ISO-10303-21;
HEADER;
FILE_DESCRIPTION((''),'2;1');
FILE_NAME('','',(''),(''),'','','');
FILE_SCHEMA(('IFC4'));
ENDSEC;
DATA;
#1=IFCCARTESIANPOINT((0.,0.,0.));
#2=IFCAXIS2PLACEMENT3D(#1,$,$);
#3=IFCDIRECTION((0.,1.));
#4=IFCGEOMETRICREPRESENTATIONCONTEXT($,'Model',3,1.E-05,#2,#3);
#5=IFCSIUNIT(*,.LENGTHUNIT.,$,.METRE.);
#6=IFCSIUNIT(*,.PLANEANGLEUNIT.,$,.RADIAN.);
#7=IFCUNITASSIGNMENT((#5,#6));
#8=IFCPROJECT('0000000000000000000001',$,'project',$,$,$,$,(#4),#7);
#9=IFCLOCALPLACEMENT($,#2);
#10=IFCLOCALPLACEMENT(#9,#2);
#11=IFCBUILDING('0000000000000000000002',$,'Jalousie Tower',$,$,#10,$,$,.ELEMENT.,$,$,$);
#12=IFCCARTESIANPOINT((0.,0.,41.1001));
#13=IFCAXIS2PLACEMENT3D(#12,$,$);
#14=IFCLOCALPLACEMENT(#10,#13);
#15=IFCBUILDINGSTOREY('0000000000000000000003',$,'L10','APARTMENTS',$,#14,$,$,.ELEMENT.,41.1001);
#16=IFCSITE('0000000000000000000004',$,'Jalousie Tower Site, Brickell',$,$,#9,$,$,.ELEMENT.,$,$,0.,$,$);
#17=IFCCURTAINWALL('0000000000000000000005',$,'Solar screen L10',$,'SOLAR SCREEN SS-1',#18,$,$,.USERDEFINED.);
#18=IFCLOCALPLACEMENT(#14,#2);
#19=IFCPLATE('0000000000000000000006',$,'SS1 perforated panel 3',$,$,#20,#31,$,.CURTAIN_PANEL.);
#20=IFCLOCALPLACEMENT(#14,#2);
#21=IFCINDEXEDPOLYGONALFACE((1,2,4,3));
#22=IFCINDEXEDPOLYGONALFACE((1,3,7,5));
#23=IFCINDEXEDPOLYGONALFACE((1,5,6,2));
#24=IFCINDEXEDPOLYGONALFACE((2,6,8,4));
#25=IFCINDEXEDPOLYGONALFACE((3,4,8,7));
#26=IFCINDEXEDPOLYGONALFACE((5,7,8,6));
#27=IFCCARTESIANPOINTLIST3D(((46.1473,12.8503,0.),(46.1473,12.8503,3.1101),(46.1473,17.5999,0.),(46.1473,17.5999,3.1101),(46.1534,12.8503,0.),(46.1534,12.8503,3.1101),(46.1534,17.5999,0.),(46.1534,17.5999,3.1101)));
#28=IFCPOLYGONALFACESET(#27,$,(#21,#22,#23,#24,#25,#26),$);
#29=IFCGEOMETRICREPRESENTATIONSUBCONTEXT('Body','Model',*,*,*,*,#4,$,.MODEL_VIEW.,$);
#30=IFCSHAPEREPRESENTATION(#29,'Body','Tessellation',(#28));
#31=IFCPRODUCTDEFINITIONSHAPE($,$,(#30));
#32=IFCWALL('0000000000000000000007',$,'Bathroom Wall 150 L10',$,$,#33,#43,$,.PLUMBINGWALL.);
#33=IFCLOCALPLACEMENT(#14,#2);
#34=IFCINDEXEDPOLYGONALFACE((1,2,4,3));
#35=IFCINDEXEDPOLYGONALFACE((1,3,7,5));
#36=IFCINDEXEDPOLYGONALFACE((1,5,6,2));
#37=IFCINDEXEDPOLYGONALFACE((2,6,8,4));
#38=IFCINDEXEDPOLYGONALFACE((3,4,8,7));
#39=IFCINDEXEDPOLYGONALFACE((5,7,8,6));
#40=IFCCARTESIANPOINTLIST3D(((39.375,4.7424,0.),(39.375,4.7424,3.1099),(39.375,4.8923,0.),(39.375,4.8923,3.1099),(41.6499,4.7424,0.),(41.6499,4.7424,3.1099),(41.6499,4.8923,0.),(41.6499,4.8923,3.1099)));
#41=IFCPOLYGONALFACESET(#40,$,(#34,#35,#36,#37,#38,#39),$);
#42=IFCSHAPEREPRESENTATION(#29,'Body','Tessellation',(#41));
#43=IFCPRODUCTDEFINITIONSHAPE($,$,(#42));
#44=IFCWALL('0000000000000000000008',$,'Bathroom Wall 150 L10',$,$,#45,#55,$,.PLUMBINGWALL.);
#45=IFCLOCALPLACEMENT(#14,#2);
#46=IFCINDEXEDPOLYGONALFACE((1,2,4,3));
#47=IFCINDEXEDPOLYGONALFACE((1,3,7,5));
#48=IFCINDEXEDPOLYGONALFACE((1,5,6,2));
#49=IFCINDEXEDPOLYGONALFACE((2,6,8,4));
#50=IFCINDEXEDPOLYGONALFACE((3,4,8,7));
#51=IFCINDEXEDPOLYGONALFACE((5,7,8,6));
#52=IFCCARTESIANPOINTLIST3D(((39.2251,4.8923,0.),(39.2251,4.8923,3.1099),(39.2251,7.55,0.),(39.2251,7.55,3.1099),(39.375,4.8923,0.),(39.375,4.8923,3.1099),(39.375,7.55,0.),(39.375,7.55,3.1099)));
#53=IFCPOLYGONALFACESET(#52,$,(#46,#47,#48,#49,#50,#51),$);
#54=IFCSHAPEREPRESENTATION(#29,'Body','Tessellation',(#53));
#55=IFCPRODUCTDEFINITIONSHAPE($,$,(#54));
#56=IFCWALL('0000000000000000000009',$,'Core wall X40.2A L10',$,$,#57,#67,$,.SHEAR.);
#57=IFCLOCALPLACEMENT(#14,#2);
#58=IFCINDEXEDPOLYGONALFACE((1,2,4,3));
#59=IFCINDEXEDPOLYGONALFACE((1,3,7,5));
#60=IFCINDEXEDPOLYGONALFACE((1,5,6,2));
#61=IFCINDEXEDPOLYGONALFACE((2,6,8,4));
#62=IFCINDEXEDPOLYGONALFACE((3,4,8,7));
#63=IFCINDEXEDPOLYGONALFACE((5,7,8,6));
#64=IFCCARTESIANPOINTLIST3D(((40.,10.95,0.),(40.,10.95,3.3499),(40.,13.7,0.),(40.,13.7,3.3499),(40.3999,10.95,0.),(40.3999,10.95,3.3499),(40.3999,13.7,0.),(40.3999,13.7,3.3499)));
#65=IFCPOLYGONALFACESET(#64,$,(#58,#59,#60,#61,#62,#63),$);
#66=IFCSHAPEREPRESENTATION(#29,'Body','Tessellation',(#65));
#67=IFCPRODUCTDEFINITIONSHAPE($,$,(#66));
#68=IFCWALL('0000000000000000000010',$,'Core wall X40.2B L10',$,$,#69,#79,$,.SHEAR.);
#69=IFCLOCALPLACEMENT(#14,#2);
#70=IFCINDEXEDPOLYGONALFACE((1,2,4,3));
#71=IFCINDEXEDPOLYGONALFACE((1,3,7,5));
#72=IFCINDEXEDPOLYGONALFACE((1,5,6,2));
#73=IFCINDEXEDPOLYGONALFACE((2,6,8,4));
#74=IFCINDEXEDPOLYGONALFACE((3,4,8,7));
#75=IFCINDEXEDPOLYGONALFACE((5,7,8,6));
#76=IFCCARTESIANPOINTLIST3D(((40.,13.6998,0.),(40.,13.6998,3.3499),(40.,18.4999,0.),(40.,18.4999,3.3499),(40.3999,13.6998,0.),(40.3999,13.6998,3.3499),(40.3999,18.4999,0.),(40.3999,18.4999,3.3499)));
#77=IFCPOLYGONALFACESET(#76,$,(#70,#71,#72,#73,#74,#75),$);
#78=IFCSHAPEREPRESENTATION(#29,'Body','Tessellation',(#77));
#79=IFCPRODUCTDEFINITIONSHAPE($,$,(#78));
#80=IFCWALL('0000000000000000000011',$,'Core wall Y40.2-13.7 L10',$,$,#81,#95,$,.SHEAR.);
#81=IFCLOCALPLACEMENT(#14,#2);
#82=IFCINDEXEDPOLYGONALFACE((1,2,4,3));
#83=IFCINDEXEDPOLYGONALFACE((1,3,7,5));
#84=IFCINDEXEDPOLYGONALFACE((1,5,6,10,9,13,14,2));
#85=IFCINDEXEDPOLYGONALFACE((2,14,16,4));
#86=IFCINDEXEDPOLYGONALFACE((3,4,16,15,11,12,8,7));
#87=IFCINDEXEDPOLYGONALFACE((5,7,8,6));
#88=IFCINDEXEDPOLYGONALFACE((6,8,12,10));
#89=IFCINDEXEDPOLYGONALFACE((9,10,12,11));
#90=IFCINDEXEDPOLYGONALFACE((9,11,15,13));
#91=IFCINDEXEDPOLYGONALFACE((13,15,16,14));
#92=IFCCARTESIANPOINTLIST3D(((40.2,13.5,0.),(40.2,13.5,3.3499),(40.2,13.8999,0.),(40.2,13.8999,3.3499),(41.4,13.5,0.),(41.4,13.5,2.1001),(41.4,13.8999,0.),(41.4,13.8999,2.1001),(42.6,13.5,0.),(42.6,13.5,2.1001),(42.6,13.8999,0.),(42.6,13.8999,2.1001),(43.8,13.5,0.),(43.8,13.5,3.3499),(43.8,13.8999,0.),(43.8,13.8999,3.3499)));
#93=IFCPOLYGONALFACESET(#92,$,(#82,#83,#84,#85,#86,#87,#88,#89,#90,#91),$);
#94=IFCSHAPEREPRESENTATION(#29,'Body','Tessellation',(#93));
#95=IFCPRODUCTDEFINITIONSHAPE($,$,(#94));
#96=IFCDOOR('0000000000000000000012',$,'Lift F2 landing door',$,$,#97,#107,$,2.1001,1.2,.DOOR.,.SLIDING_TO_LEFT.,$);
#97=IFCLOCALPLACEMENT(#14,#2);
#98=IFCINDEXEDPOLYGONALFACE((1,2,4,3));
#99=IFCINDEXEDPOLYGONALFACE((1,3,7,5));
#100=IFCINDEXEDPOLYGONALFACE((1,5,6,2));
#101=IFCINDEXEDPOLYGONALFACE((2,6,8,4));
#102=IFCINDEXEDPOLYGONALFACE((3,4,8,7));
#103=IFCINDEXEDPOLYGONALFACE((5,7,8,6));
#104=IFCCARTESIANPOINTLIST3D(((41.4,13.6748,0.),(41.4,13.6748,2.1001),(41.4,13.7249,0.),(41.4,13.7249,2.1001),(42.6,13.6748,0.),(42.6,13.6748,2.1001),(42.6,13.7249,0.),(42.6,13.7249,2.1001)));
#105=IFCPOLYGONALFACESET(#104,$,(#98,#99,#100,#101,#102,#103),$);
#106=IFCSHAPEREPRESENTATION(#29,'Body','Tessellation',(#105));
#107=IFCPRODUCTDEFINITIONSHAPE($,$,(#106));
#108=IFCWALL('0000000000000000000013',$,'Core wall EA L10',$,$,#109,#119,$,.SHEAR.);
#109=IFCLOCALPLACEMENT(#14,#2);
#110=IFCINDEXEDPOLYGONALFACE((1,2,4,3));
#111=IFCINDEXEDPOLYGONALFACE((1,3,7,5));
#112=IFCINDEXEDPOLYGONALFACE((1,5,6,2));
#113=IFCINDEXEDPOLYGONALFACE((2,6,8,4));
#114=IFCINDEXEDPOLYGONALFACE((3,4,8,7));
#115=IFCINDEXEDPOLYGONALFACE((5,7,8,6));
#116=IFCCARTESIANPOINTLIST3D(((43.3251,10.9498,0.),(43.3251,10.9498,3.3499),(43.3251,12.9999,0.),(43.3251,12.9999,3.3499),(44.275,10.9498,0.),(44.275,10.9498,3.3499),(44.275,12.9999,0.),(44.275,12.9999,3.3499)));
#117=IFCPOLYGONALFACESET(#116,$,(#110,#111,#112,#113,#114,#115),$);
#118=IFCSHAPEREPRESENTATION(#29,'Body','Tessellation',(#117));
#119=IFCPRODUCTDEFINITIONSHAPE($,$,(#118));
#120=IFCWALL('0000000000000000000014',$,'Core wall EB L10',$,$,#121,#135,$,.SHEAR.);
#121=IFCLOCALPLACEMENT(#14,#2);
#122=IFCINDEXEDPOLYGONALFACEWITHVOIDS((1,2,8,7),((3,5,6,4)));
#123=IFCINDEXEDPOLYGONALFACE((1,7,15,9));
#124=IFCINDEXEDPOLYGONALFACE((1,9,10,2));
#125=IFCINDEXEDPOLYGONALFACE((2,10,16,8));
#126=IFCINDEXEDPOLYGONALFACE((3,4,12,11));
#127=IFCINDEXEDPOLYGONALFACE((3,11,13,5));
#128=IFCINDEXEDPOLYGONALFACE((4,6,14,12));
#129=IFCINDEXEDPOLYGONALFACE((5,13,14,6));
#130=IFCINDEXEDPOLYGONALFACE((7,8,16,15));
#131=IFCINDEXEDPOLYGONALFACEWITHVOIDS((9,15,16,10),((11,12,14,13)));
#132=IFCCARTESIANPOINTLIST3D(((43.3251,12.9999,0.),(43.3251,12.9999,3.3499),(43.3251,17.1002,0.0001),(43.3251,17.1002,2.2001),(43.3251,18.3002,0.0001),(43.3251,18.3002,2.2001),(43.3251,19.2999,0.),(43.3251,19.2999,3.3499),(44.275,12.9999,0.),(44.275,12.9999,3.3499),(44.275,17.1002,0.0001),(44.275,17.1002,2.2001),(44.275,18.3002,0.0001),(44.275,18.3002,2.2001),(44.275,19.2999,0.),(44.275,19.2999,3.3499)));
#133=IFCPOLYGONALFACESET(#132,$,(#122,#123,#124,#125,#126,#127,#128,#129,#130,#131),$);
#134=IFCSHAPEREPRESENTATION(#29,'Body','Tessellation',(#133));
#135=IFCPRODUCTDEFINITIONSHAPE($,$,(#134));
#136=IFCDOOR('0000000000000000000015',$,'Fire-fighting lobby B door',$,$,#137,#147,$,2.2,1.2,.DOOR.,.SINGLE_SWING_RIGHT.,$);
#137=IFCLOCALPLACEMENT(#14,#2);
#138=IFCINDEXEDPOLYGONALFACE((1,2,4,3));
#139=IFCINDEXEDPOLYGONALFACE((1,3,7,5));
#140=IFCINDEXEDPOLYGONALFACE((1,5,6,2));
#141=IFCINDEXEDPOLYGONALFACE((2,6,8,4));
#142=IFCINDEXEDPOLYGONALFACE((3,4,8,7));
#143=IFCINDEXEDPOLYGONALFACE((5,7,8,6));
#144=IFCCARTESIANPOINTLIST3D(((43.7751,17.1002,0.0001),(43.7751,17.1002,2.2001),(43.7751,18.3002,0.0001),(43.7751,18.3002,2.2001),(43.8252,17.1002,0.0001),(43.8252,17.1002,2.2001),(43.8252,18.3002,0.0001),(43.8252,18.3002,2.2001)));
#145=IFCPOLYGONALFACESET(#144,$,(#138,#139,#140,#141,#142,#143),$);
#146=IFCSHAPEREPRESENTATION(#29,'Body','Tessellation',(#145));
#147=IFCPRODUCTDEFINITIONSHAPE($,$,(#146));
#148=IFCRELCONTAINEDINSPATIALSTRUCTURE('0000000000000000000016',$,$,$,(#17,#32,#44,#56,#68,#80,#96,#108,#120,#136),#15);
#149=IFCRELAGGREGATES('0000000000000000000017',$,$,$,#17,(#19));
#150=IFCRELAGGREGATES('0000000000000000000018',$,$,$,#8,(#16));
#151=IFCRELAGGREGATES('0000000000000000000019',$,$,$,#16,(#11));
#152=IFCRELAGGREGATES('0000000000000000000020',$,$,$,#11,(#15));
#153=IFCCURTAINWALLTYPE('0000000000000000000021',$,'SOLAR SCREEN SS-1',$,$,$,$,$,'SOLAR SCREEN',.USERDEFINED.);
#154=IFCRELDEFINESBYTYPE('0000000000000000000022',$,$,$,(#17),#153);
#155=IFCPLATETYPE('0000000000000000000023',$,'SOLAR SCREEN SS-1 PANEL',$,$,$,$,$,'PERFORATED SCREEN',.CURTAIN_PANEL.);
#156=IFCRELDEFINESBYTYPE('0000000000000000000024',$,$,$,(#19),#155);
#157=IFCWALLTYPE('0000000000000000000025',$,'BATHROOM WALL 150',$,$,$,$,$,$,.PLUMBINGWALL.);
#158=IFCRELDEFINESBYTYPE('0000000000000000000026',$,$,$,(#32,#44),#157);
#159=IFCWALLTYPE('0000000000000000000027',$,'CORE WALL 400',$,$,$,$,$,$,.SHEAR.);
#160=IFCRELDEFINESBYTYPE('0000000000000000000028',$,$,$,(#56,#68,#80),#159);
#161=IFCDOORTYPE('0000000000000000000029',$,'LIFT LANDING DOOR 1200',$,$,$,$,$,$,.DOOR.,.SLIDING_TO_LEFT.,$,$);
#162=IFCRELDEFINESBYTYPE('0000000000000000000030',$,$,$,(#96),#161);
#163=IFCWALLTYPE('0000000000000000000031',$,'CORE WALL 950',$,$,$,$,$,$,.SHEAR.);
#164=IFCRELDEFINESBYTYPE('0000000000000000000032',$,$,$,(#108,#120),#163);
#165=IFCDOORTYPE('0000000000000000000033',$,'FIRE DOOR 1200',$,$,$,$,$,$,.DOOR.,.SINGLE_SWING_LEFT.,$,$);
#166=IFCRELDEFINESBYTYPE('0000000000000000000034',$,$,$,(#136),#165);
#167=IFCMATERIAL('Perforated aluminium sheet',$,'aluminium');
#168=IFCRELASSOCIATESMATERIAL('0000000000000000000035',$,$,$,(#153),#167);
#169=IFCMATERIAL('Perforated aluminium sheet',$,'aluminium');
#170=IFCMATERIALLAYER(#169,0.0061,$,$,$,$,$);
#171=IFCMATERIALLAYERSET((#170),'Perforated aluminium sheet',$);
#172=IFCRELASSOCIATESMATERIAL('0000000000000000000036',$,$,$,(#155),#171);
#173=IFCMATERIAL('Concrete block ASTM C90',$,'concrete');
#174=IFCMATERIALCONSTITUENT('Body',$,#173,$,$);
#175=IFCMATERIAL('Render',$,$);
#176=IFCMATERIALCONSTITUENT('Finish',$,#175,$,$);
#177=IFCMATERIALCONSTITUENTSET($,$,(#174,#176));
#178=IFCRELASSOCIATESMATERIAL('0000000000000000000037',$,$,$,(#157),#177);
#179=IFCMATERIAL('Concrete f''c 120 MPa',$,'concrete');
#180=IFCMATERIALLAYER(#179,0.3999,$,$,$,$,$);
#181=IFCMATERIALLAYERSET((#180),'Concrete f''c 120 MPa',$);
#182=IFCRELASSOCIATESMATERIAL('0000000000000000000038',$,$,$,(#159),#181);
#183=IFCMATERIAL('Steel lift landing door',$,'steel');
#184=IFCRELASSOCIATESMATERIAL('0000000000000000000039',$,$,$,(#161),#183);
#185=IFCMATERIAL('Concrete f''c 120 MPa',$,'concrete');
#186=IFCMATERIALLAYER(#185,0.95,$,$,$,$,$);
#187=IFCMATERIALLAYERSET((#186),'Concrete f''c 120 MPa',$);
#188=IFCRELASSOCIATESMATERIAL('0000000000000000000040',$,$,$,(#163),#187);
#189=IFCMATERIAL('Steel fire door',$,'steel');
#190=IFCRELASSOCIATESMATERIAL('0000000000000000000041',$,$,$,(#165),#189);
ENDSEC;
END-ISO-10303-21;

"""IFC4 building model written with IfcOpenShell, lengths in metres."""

from ifc_helpers import new_model, si_unit, direction, frame, frame_2d, origin, origin_2d, place, context, subcontext, project, spatial, rectangle, extrude, material, layer, layer_set, constituent, constituent_set, type_object, element, fill, aggregate, save


model = new_model("IFC4")

# Units and contexts
model_context = context("Model", 3, precision=1e-05, world=origin(), true_north=direction((0.0, 1.0)))
body_context = subcontext(model_context, "Body", "Model", "MODEL_VIEW")
ifc_project = project(units=[si_unit("LENGTHUNIT", "METRE"), si_unit("PLANEANGLEUNIT", "RADIAN")], contexts=[model_context])

# Site, building, storey
site_placement = place(None, origin())
site = spatial("IfcSite", under=ifc_project, at=site_placement, Name="Jalousie Tower Site, Brickell", CompositionType="ELEMENT", RefElevation=0.0)
building_placement = place(site_placement, origin())
building = spatial("IfcBuilding", under=site, at=building_placement, Name="Jalousie Tower", CompositionType="ELEMENT")
storey_placement = place(building_placement, frame((0.0, 0.0, 41.1001)))
storey = spatial("IfcBuildingStorey", under=building, at=storey_placement, Name="L10", Description="APARTMENTS", CompositionType="ELEMENT", Elevation=41.1001)

# Curtain wall, plate
ifc_material_1 = material(Name="Perforated aluminium sheet", Category="aluminium")
curtain_wall_type = type_object("IfcCurtainWallType", Name="SOLAR SCREEN SS-1", ElementType="SOLAR SCREEN", PredefinedType="USERDEFINED", material=ifc_material_1)
curtain_wall_placement = place(storey_placement, origin())
curtain_wall = element("IfcCurtainWall", 1, at=curtain_wall_placement, inside=storey, type_object=curtain_wall_type, Name="Solar screen L10", ObjectType="SOLAR SCREEN SS-1", PredefinedType="USERDEFINED")
ifc_material_2 = material(Name="Perforated aluminium sheet", Category="aluminium")
ifc_layer_1 = layer(ifc_material_2, 0.0061)
ifc_layer_set_1 = layer_set([ifc_layer_1], Name="Perforated aluminium sheet")
plate_type = type_object("IfcPlateType", Name="SOLAR SCREEN SS-1 PANEL", ElementType="PERFORATED SCREEN", PredefinedType="CURTAIN_PANEL", material=ifc_layer_set_1)
plate_1_placement = place(storey_placement, frame((46.1504, 15.2251, 0.0), z_axis=(0.0, 0.0, 1.0), x_axis=(0.0, 1.0, 0.0)))
plate_1 = element("IfcPlate", 2, at=plate_1_placement, type_object=plate_type, Name="SS1 perforated panel 3", PredefinedType="CURTAIN_PANEL", context=body_context, shape_type="SweptSolid", body=[
    extrude(rectangle(XDim=4.7495, YDim=0.0061, at=origin_2d()), origin(), (0.0, 0.0, 1.0), 3.1101),
])
aggregate(curtain_wall, [plate_1])

# Walls
ifc_material_3 = material(Name="Concrete block ASTM C90", Category="concrete")
ifc_constituent_1 = constituent(ifc_material_3, Name="Body")
ifc_material_4 = material(Name="Render")
ifc_constituent_2 = constituent(ifc_material_4, Name="Finish")
ifc_constituent_set_1 = constituent_set(constituents=[ifc_constituent_1, ifc_constituent_2])
wall_type_1 = type_object("IfcWallType", Name="BATHROOM WALL 150", PredefinedType="PLUMBINGWALL", material=ifc_constituent_set_1)
wall_1_placement = place(storey_placement, frame((39.375, 4.8174, 0.0), z_axis=(0.0, 0.0, 1.0), x_axis=(1.0, 0.0, 0.0)))
element("IfcWall", 3, at=wall_1_placement, inside=storey, type_object=wall_type_1, Name="Bathroom Wall 150 L10", PredefinedType="PLUMBINGWALL", context=body_context, shape_type="SweptSolid", body=[
    extrude(rectangle(XDim=2.2749, YDim=0.1499, at=frame_2d((1.1375, 0.0))), origin(), (0.0, 0.0, 1.0), 3.1099),
])
wall_2_placement = place(storey_placement, frame((39.3, 4.8923, 0.0), z_axis=(0.0, 0.0, 1.0), x_axis=(0.0, 1.0, 0.0)))
element("IfcWall", 4, at=wall_2_placement, inside=storey, type_object=wall_type_1, Name="Bathroom Wall 150 L10", PredefinedType="PLUMBINGWALL", context=body_context, shape_type="SweptSolid", body=[
    extrude(rectangle(XDim=2.6577, YDim=0.1499, at=frame_2d((1.3289, 0.0))), origin(), (0.0, 0.0, 1.0), 3.1099),
])
ifc_material_5 = material(Name="Concrete f'c 120 MPa", Category="concrete")
ifc_layer_2 = layer(ifc_material_5, 0.3999)
ifc_layer_set_2 = layer_set([ifc_layer_2], Name="Concrete f'c 120 MPa")
wall_type_2 = type_object("IfcWallType", Name="CORE WALL 400", PredefinedType="SHEAR", material=ifc_layer_set_2)
wall_3_placement = place(storey_placement, frame((40.2, 10.95, 0.0), z_axis=(0.0, 0.0, 1.0), x_axis=(0.0, 1.0, 0.0)))
element("IfcWall", 5, at=wall_3_placement, inside=storey, type_object=wall_type_2, Name="Core wall X40.2A L10", PredefinedType="SHEAR", context=body_context, shape_type="SweptSolid", body=[
    extrude(rectangle(XDim=2.75, YDim=0.3999, at=frame_2d((1.375, 0.0))), origin(), (0.0, 0.0, 1.0), 3.3499),
])
wall_4_placement = place(storey_placement, frame((40.2, 13.7, 0.0), z_axis=(0.0, 0.0, 1.0), x_axis=(0.0, 1.0, 0.0)))
element("IfcWall", 6, at=wall_4_placement, inside=storey, type_object=wall_type_2, Name="Core wall X40.2B L10", PredefinedType="SHEAR", context=body_context, shape_type="SweptSolid", body=[
    extrude(rectangle(XDim=4.8, YDim=0.3999, at=frame_2d((2.3999, 0.0))), origin(), (0.0, 0.0, 1.0), 3.3499),
])

# Wall, opening, door
wall_5_placement = place(storey_placement, frame((40.2, 13.7, 0.0), z_axis=(0.0, 0.0, 1.0), x_axis=(1.0, 0.0, 0.0)))
wall_5 = element("IfcWall", 7, at=wall_5_placement, inside=storey, type_object=wall_type_2, Name="Core wall Y40.2-13.7 L10", PredefinedType="SHEAR", context=body_context, shape_type="SweptSolid", body=[
    extrude(rectangle(XDim=3.6001, YDim=0.3999, at=frame_2d((1.8, 0.0))), origin(), (0.0, 0.0, 1.0), 3.3499),
])
opening_1_placement = place(wall_5_placement, frame((1.2, 0.0, 0.0)))
opening_1 = element("IfcOpeningElement", 8, at=opening_1_placement, cuts=wall_5, PredefinedType="OPENING", context=body_context, shape_type="SweptSolid", body=[
    extrude(rectangle(XDim=1.2, YDim=2.1001, at=frame_2d((0.6001, 1.05))), frame((0.0, 0.21, 0.0), z_axis=(0.0, -1.0, 0.0), x_axis=(1.0, 0.0, 0.0)), (0.0, 0.0, 1.0), 0.4199),
])
ifc_material_6 = material(Name="Steel lift landing door", Category="steel")
door_type_1 = type_object("IfcDoorType", Name="LIFT LANDING DOOR 1200", OperationType="SLIDING_TO_LEFT", PredefinedType="DOOR", material=ifc_material_6)
door_1_placement = place(opening_1_placement, origin())
door_1 = element("IfcDoor", 9, at=door_1_placement, inside=storey, type_object=door_type_1, Name="Lift F2 landing door", OperationType="SLIDING_TO_LEFT", OverallHeight=2.1001, OverallWidth=1.2, PredefinedType="DOOR", context=body_context, shape_type="SweptSolid", body=[
    extrude(rectangle(XDim=1.2, YDim=2.1001, at=frame_2d((0.6001, 1.05))), frame((0.0, 0.0249, 0.0), z_axis=(0.0, -1.0, 0.0), x_axis=(1.0, 0.0, 0.0)), (0.0, 0.0, 1.0), 0.05),
])
fill(opening_1, door_1)

# Wall
ifc_material_7 = material(Name="Concrete f'c 120 MPa", Category="concrete")
ifc_layer_3 = layer(ifc_material_7, 0.95)
ifc_layer_set_3 = layer_set([ifc_layer_3], Name="Concrete f'c 120 MPa")
wall_type_3 = type_object("IfcWallType", Name="CORE WALL 950", PredefinedType="SHEAR", material=ifc_layer_set_3)
wall_6_placement = place(storey_placement, frame((43.8, 10.95, 0.0), z_axis=(0.0, 0.0, 1.0), x_axis=(0.0, 1.0, 0.0)))
element("IfcWall", 10, at=wall_6_placement, inside=storey, type_object=wall_type_3, Name="Core wall EA L10", PredefinedType="SHEAR", context=body_context, shape_type="SweptSolid", body=[
    extrude(rectangle(XDim=2.05, YDim=0.95, at=frame_2d((1.0249, 0.0))), origin(), (0.0, 0.0, 1.0), 3.3499),
])

# Wall, opening, door
wall_7_placement = place(storey_placement, frame((43.8, 13.0, 0.0), z_axis=(0.0, 0.0, 1.0), x_axis=(0.0, 1.0, 0.0)))
wall_7 = element("IfcWall", 11, at=wall_7_placement, inside=storey, type_object=wall_type_3, Name="Core wall EB L10", PredefinedType="SHEAR", context=body_context, shape_type="SweptSolid", body=[
    extrude(rectangle(XDim=6.3, YDim=0.95, at=frame_2d((3.1499, 0.0))), origin(), (0.0, 0.0, 1.0), 3.3499),
])
opening_2_placement = place(wall_7_placement, frame((4.1001, 0.0, 0.0)))
opening_2 = element("IfcOpeningElement", 12, at=opening_2_placement, cuts=wall_7, PredefinedType="OPENING", context=body_context, shape_type="SweptSolid", body=[
    extrude(rectangle(XDim=1.2, YDim=2.2, at=frame_2d((0.6001, 1.1001))), frame((0.0, 0.4849, 0.0), z_axis=(0.0, -1.0, 0.0), x_axis=(1.0, 0.0, 0.0)), (0.0, 0.0, 1.0), 0.97),
])
ifc_material_8 = material(Name="Steel fire door", Category="steel")
door_type_2 = type_object("IfcDoorType", Name="FIRE DOOR 1200", OperationType="SINGLE_SWING_LEFT", PredefinedType="DOOR", material=ifc_material_8)
door_2_placement = place(opening_2_placement, origin())
door_2 = element("IfcDoor", 13, at=door_2_placement, inside=storey, type_object=door_type_2, Name="Fire-fighting lobby B door", OperationType="SINGLE_SWING_RIGHT", OverallHeight=2.2, OverallWidth=1.2, PredefinedType="DOOR", context=body_context, shape_type="SweptSolid", body=[
    extrude(rectangle(XDim=1.2, YDim=2.2, at=frame_2d((0.6001, 1.1001))), frame((0.0, 0.0249, 0.0), z_axis=(0.0, -1.0, 0.0), x_axis=(1.0, 0.0, 0.0)), (0.0, 0.0, 1.0), 0.05),
])
fill(opening_2, door_2)

save(model, "model.ifc")
